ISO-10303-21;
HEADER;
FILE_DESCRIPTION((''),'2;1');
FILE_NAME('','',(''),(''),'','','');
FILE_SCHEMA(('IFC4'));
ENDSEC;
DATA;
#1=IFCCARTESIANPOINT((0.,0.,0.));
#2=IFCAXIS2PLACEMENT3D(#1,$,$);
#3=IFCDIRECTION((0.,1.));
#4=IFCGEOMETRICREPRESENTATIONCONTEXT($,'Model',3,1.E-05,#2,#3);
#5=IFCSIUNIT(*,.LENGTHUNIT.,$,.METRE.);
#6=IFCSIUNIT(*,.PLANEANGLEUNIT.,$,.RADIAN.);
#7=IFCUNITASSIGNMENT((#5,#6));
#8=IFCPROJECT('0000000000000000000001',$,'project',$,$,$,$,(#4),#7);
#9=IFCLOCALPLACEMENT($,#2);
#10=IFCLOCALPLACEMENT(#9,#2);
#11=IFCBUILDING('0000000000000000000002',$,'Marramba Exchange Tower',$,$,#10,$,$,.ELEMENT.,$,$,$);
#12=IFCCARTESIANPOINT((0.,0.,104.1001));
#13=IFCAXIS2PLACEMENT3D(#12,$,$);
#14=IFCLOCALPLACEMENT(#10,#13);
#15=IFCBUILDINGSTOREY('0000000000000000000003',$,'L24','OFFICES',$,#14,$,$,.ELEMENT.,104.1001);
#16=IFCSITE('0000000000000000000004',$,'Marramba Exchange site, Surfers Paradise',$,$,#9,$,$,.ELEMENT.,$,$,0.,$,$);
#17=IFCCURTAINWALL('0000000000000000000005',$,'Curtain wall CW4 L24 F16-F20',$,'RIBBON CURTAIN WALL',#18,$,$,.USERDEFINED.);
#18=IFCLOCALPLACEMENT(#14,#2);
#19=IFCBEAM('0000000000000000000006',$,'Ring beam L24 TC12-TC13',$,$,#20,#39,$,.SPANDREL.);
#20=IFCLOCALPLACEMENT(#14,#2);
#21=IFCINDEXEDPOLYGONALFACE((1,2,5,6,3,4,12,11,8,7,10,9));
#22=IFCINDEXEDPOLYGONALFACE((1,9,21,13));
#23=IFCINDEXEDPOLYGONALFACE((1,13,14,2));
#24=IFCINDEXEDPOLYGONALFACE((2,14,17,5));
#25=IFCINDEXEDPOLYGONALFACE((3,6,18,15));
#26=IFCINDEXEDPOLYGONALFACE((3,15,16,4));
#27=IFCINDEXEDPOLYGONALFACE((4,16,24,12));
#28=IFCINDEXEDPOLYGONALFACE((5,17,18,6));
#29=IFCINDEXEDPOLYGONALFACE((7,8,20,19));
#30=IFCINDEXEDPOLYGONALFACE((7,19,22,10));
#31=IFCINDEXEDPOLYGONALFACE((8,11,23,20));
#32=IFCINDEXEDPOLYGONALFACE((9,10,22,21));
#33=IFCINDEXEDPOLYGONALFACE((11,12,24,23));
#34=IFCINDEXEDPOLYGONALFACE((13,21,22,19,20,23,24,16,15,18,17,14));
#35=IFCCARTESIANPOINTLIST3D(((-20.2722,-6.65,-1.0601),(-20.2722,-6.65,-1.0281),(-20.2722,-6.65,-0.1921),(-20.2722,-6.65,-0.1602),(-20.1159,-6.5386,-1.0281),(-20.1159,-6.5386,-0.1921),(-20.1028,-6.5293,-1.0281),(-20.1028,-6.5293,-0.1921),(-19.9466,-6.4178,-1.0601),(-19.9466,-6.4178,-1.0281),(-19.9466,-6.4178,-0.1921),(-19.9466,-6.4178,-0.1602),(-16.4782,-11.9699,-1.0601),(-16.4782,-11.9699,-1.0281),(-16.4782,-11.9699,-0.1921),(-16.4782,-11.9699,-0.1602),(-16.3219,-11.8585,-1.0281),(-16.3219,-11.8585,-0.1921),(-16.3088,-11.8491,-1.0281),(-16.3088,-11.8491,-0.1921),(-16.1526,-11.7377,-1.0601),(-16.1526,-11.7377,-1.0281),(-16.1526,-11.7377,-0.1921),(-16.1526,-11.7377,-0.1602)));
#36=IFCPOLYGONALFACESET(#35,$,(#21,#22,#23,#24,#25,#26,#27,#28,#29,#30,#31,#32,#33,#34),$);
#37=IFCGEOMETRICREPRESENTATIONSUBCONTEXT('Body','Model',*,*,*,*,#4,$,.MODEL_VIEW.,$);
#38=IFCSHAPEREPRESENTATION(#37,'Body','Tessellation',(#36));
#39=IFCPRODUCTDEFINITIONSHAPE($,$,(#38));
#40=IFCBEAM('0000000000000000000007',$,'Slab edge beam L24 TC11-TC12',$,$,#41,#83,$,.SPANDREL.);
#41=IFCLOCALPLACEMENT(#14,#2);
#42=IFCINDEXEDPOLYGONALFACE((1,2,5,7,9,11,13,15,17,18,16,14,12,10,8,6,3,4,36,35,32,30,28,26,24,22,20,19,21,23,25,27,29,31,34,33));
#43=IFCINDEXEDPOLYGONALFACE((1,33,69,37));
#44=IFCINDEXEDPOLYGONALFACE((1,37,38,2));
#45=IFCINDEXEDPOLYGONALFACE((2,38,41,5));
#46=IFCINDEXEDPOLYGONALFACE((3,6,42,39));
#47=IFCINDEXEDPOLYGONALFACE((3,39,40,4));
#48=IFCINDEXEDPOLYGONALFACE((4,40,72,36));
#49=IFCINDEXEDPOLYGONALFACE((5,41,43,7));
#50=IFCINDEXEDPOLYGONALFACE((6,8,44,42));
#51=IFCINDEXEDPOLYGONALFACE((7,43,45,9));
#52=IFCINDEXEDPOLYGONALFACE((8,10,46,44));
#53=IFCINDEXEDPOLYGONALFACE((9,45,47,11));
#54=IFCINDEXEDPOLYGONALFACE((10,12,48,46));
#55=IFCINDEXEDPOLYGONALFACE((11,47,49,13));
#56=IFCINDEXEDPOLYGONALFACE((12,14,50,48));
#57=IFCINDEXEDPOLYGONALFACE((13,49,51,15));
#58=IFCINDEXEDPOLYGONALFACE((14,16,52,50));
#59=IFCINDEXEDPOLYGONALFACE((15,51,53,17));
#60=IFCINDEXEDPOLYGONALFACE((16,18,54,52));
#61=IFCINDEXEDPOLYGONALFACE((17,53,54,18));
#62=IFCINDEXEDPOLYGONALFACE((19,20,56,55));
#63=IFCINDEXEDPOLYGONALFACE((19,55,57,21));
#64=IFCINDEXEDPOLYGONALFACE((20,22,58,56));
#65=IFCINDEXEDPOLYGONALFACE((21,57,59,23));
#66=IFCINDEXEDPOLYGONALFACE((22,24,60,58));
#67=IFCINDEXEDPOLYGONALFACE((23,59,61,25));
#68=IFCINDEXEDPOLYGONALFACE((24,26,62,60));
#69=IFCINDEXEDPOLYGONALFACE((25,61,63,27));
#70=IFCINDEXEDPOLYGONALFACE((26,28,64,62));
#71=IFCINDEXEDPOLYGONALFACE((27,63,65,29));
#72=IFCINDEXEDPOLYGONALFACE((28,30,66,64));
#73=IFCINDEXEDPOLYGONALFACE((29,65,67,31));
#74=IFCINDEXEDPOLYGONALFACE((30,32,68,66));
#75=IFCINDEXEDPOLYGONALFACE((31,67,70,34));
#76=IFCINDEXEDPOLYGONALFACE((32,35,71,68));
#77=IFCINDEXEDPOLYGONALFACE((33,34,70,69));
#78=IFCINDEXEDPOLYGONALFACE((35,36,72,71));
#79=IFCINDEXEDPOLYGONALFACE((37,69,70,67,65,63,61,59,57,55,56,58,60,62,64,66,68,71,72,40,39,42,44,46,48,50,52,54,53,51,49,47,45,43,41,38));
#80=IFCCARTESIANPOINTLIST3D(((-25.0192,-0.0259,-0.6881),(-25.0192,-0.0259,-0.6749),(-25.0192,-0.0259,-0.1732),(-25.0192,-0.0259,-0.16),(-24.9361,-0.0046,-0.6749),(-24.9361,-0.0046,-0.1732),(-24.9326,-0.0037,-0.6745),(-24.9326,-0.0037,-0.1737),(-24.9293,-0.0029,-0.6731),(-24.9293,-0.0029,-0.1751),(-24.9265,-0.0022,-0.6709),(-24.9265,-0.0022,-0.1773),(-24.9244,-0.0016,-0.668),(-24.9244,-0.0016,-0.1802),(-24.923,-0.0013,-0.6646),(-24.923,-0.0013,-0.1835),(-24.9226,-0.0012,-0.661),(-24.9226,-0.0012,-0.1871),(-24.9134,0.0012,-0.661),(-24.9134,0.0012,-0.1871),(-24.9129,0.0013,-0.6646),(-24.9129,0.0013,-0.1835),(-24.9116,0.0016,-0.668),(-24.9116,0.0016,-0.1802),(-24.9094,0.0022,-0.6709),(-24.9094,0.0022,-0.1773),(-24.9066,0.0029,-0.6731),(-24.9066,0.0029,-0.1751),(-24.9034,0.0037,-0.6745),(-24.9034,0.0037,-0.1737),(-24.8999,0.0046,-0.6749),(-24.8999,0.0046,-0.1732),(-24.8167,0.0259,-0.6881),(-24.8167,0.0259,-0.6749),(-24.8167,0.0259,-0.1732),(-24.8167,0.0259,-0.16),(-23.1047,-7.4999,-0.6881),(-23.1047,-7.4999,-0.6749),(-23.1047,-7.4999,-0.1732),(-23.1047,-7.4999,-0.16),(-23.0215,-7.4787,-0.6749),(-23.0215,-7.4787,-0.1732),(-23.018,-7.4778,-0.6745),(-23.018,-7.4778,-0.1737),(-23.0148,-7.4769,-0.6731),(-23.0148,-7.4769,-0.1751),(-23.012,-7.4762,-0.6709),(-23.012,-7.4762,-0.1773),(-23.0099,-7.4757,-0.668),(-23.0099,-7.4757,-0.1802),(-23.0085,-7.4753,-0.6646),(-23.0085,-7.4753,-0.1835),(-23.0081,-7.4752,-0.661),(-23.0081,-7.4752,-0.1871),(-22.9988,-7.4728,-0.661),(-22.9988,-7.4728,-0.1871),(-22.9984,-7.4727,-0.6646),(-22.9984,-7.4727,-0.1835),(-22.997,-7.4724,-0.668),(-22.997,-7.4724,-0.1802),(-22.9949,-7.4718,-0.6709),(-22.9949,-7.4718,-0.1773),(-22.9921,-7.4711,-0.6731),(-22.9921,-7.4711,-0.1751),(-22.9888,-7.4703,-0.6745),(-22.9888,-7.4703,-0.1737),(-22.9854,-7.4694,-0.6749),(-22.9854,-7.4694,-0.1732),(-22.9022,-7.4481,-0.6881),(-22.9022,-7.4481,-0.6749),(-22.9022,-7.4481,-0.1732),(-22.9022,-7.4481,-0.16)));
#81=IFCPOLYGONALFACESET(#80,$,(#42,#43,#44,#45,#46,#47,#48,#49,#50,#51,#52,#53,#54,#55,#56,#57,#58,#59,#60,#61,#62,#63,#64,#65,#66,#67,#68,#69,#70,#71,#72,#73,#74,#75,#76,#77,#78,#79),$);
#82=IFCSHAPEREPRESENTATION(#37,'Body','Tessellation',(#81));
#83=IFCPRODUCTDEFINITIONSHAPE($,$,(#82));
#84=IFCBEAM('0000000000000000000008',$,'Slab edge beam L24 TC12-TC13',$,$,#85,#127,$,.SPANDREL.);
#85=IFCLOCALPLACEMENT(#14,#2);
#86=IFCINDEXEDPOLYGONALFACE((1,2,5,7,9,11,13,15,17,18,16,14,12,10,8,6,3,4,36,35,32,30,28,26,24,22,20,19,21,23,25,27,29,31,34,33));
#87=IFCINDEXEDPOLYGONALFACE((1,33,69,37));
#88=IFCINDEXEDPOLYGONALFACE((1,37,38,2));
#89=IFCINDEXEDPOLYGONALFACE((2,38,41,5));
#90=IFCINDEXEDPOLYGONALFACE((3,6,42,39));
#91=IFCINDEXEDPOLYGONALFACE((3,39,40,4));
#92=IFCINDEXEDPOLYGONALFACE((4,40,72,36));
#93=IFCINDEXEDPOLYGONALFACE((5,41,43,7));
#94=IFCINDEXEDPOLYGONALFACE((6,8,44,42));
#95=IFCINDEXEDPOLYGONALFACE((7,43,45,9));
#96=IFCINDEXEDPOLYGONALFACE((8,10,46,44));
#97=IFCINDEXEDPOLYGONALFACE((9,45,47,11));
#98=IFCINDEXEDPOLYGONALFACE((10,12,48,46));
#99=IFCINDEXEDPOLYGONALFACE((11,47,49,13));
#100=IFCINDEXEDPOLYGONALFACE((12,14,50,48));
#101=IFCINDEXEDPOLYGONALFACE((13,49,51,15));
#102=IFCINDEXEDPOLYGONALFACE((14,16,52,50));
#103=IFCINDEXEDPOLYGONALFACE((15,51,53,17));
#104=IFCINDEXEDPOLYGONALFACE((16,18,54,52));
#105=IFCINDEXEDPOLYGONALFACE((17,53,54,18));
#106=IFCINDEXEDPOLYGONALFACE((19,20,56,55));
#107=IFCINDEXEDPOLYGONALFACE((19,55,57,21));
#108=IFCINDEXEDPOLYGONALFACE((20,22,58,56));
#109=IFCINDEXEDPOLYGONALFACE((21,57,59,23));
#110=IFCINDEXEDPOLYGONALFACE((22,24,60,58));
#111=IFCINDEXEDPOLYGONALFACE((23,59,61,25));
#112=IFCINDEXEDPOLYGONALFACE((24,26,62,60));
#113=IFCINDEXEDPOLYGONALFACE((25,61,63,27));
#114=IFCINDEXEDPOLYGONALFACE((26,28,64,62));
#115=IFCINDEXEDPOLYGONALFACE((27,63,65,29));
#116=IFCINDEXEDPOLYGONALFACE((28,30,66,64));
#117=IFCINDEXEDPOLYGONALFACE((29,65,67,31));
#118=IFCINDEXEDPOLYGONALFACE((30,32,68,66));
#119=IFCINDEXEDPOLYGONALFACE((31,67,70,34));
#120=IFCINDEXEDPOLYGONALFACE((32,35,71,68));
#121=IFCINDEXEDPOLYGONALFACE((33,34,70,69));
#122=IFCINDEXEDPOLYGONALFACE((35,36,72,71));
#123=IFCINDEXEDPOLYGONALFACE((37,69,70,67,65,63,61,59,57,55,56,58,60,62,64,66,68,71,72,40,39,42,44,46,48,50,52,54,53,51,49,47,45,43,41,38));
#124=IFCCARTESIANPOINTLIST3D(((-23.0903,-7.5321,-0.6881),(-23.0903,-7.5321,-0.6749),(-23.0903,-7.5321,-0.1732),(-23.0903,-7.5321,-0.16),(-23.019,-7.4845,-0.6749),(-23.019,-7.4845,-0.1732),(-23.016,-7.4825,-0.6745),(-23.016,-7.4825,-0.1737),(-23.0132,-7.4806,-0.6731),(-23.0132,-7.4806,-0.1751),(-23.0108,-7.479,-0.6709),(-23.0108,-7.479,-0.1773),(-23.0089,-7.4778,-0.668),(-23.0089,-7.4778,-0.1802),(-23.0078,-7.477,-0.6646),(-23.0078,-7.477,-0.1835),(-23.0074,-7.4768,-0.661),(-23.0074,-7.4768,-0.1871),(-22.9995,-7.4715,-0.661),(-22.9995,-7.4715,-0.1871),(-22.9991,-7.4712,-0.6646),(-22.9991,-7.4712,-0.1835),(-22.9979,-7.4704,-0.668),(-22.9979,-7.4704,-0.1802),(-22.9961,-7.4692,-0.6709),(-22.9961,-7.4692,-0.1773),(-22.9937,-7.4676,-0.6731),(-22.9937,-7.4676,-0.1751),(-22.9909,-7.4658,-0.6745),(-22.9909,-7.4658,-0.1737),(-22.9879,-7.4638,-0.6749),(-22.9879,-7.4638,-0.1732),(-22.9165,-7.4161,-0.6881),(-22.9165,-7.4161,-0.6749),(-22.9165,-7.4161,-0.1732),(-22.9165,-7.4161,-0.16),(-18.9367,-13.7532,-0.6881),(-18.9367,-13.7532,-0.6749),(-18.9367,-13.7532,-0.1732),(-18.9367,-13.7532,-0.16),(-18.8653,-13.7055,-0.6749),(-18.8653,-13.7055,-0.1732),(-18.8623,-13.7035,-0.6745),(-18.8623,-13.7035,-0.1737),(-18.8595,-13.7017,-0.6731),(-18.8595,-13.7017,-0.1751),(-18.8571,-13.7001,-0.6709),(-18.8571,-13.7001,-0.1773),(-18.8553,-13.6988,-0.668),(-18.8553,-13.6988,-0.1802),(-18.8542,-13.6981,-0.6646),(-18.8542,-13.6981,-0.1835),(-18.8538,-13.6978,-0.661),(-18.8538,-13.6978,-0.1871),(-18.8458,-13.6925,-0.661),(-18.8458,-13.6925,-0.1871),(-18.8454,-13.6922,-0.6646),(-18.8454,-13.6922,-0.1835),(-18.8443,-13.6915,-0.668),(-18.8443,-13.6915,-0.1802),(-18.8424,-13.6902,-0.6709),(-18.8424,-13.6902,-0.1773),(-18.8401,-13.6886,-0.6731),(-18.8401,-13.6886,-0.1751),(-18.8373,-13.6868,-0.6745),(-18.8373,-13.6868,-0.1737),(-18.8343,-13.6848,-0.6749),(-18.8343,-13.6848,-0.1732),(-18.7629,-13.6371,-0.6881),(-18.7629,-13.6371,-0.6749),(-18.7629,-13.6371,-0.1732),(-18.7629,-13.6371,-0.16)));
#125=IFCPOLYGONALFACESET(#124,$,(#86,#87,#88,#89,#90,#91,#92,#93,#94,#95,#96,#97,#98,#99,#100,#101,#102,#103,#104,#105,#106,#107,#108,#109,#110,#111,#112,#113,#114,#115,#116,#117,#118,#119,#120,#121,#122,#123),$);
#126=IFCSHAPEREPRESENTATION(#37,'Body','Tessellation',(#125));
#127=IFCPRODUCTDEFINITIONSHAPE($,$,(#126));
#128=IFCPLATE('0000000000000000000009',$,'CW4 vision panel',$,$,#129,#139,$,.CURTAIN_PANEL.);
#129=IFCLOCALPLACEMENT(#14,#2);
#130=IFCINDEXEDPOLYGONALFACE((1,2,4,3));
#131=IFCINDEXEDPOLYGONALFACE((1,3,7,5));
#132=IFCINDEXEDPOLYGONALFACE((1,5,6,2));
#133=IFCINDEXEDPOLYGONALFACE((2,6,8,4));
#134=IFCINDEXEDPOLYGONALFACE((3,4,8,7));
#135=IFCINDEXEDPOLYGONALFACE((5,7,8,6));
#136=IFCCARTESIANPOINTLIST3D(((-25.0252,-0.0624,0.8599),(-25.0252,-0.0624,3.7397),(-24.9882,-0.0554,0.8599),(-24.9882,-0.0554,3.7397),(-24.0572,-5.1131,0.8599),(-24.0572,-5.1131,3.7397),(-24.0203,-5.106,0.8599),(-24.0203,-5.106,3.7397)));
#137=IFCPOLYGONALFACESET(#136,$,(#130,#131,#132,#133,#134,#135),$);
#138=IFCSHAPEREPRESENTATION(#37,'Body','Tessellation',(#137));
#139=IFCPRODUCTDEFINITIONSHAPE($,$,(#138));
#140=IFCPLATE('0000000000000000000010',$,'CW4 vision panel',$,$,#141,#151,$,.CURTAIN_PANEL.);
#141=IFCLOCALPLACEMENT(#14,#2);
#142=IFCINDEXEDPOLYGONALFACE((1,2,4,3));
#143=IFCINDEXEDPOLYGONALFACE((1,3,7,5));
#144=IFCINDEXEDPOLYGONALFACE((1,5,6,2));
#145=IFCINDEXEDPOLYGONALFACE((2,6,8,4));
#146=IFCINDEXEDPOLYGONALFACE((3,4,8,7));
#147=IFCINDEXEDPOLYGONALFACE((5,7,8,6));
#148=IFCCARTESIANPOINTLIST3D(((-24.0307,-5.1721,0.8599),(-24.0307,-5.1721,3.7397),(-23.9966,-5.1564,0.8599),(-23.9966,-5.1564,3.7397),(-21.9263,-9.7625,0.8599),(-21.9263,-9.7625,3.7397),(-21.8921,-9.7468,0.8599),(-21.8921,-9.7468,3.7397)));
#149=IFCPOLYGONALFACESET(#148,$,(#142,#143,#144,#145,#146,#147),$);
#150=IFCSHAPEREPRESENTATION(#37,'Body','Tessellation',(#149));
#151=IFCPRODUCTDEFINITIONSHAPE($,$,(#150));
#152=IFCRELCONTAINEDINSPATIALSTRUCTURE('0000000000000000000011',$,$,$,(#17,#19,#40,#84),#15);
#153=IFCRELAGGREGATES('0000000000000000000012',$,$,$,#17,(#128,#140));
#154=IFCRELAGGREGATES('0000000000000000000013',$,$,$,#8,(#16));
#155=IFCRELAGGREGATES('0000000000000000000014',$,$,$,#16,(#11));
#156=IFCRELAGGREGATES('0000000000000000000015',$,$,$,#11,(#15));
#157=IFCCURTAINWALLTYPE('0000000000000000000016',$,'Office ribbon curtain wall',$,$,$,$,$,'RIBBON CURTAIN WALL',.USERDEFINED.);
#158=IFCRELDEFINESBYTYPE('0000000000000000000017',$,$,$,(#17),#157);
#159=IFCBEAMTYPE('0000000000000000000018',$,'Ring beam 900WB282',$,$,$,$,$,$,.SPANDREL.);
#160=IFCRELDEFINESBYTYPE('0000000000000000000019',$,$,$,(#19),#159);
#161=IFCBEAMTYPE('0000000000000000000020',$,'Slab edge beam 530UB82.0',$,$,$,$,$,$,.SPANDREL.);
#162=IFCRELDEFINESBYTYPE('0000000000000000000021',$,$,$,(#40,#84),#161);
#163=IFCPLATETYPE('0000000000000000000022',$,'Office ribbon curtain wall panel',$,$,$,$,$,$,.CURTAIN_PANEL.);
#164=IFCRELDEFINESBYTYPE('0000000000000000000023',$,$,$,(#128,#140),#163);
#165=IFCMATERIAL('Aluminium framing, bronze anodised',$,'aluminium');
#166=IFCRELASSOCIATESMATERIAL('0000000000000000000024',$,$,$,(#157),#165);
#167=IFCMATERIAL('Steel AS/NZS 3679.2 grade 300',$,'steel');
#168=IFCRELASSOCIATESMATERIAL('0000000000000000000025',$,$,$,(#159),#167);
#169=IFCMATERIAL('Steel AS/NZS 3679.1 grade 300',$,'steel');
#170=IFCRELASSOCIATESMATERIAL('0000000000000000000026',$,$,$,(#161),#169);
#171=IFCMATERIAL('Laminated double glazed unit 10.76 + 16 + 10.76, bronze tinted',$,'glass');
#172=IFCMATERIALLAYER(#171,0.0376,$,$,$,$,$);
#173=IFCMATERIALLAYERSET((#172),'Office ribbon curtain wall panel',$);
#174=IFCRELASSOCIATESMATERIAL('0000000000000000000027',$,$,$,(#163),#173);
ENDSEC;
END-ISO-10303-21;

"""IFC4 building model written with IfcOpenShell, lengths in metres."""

from ifc_helpers import new_model, si_unit, direction, frame, origin, origin_2d, place, context, subcontext, project, spatial, rectangle, i_section, extrude, material, layer, layer_set, material_profile, profile_set, type_object, element, aggregate, save


model = new_model("IFC4")

# Units and contexts
model_context = context("Model", 3, precision=1e-05, world=origin(), true_north=direction((0.0, 1.0)))
body_context = subcontext(model_context, "Body", "Model", "MODEL_VIEW")
ifc_project = project(units=[si_unit("LENGTHUNIT", "METRE"), si_unit("PLANEANGLEUNIT", "RADIAN")], contexts=[model_context])

# Site, building, storey
site_placement = place(None, origin())
site = spatial("IfcSite", under=ifc_project, at=site_placement, Name="Marramba Exchange site, Surfers Paradise", CompositionType="ELEMENT", RefElevation=0.0)
building_placement = place(site_placement, origin())
building = spatial("IfcBuilding", under=site, at=building_placement, Name="Marramba Exchange Tower", CompositionType="ELEMENT")
storey_placement = place(building_placement, frame((0.0, 0.0, 104.1001)))
storey = spatial("IfcBuildingStorey", under=building, at=storey_placement, Name="L24", Description="OFFICES", CompositionType="ELEMENT", Elevation=104.1001)

# Shared definitions
ifc_material_1 = material(Name="Steel AS/NZS 3679.2 grade 300", Category="steel")

# Curtain wall
ifc_material_2 = material(Name="Aluminium framing, bronze anodised", Category="aluminium")
curtain_wall_type = type_object("IfcCurtainWallType", Name="Office ribbon curtain wall", ElementType="RIBBON CURTAIN WALL", PredefinedType="USERDEFINED", material=ifc_material_2)
curtain_wall_placement = place(storey_placement, origin())
curtain_wall = element("IfcCurtainWall", 1, at=curtain_wall_placement, inside=storey, type_object=curtain_wall_type, Name="Curtain wall CW4 L24 F16-F20", ObjectType="RIBBON CURTAIN WALL", PredefinedType="USERDEFINED")

# Beams
ifc_material_profile_1 = material_profile(ifc_material_1, i_section(OverallWidth=0.3999, OverallDepth=0.8999, WebThickness=0.0161, FlangeThickness=0.032, at=origin_2d()), Name="900WB282")
ifc_profile_set_1 = profile_set([ifc_material_profile_1], Name="Steel AS/NZS 3679.2 grade 300")
beam_type_1 = type_object("IfcBeamType", Name="Ring beam 900WB282", PredefinedType="SPANDREL", material=ifc_profile_set_1)
beam_1_placement = place(storey_placement, frame((-20.1094, -6.5339, -0.6101), z_axis=(0.580637, -0.814162, 0.0), x_axis=(0.814162, 0.580637, 0.0)))
element("IfcBeam", 2, at=beam_1_placement, inside=storey, type_object=beam_type_1, Name="Ring beam L24 TC12-TC13", PredefinedType="SPANDREL", context=body_context, shape_type="SweptSolid", body=[
    extrude(i_section(OverallWidth=0.3999, OverallDepth=0.8999, WebThickness=0.0161, FlangeThickness=0.032, at=origin_2d()), origin(), (0.0, 0.0, 1.0), 6.5342),
])
ifc_material_3 = material(Name="Steel AS/NZS 3679.1 grade 300", Category="steel")
ifc_material_profile_2 = material_profile(ifc_material_3, i_section(OverallWidth=0.209, OverallDepth=0.5281, WebThickness=0.0095, FlangeThickness=0.0132, FilletRadius=0.0139, at=origin_2d()), Name="530UB82.0")
ifc_profile_set_2 = profile_set([ifc_material_profile_2], Name="Steel AS/NZS 3679.1 grade 300")
beam_type_2 = type_object("IfcBeamType", Name="Slab edge beam 530UB82.0", PredefinedType="SPANDREL", material=ifc_profile_set_2)
beam_2_placement = place(storey_placement, frame((-24.918, 0.0, -0.4241), z_axis=(0.248145, -0.968723, 0.0), x_axis=(0.968723, 0.248145, 0.0)))
element("IfcBeam", 3, at=beam_2_placement, inside=storey, type_object=beam_type_2, Name="Slab edge beam L24 TC11-TC12", PredefinedType="SPANDREL", context=body_context, shape_type="SweptSolid", body=[
    extrude(i_section(OverallWidth=0.209, OverallDepth=0.5281, WebThickness=0.0095, FlangeThickness=0.0132, FilletRadius=0.0139, at=origin_2d()), origin(), (0.0, 0.0, 1.0), 7.7153),
])
beam_3_placement = place(storey_placement, frame((-23.0034, -7.4741, -0.4241), z_axis=(0.55528, -0.831663, 0.0), x_axis=(0.831663, 0.55528, 0.0)))
element("IfcBeam", 4, at=beam_3_placement, inside=storey, type_object=beam_type_2, Name="Slab edge beam L24 TC12-TC13", PredefinedType="SPANDREL", context=body_context, shape_type="SweptSolid", body=[
    extrude(i_section(OverallWidth=0.209, OverallDepth=0.5281, WebThickness=0.0095, FlangeThickness=0.0132, FilletRadius=0.0139, at=origin_2d()), origin(), (0.0, 0.0, 1.0), 7.4802),
])

# Plates
ifc_material_4 = material(Name="Laminated double glazed unit 10.76 + 16 + 10.76, bronze tinted", Category="glass")
ifc_layer_1 = layer(ifc_material_4, 0.0376)
ifc_layer_set_1 = layer_set([ifc_layer_1], Name="Office ribbon curtain wall panel")
plate_type = type_object("IfcPlateType", Name="Office ribbon curtain wall panel", PredefinedType="CURTAIN_PANEL", material=ifc_layer_set_1)
plate_1_placement = place(storey_placement, frame((-24.5227, -2.5842, 0.8599), z_axis=(0.0, 0.0, 1.0), x_axis=(0.188227, -0.982126, 0.0)))
plate_1 = element("IfcPlate", 5, at=plate_1_placement, type_object=plate_type, Name="CW4 vision panel", PredefinedType="CURTAIN_PANEL", context=body_context, shape_type="SweptSolid", body=[
    extrude(rectangle(XDim=5.1426, YDim=0.0376, at=origin_2d()), origin(), (0.0, 0.0, 1.0), 2.8799),
])
plate_2_placement = place(storey_placement, frame((-22.9614, -7.4595, 0.8599), z_axis=(0.0, 0.0, 1.0), x_axis=(0.416738, -0.909027, 0.0)))
plate_2 = element("IfcPlate", 6, at=plate_2_placement, type_object=plate_type, Name="CW4 vision panel", PredefinedType="CURTAIN_PANEL", context=body_context, shape_type="SweptSolid", body=[
    extrude(rectangle(XDim=5.0498, YDim=0.0376, at=origin_2d()), origin(), (0.0, 0.0, 1.0), 2.8799),
])
aggregate(curtain_wall, [plate_1, plate_2])

save(model, "model.ifc")
